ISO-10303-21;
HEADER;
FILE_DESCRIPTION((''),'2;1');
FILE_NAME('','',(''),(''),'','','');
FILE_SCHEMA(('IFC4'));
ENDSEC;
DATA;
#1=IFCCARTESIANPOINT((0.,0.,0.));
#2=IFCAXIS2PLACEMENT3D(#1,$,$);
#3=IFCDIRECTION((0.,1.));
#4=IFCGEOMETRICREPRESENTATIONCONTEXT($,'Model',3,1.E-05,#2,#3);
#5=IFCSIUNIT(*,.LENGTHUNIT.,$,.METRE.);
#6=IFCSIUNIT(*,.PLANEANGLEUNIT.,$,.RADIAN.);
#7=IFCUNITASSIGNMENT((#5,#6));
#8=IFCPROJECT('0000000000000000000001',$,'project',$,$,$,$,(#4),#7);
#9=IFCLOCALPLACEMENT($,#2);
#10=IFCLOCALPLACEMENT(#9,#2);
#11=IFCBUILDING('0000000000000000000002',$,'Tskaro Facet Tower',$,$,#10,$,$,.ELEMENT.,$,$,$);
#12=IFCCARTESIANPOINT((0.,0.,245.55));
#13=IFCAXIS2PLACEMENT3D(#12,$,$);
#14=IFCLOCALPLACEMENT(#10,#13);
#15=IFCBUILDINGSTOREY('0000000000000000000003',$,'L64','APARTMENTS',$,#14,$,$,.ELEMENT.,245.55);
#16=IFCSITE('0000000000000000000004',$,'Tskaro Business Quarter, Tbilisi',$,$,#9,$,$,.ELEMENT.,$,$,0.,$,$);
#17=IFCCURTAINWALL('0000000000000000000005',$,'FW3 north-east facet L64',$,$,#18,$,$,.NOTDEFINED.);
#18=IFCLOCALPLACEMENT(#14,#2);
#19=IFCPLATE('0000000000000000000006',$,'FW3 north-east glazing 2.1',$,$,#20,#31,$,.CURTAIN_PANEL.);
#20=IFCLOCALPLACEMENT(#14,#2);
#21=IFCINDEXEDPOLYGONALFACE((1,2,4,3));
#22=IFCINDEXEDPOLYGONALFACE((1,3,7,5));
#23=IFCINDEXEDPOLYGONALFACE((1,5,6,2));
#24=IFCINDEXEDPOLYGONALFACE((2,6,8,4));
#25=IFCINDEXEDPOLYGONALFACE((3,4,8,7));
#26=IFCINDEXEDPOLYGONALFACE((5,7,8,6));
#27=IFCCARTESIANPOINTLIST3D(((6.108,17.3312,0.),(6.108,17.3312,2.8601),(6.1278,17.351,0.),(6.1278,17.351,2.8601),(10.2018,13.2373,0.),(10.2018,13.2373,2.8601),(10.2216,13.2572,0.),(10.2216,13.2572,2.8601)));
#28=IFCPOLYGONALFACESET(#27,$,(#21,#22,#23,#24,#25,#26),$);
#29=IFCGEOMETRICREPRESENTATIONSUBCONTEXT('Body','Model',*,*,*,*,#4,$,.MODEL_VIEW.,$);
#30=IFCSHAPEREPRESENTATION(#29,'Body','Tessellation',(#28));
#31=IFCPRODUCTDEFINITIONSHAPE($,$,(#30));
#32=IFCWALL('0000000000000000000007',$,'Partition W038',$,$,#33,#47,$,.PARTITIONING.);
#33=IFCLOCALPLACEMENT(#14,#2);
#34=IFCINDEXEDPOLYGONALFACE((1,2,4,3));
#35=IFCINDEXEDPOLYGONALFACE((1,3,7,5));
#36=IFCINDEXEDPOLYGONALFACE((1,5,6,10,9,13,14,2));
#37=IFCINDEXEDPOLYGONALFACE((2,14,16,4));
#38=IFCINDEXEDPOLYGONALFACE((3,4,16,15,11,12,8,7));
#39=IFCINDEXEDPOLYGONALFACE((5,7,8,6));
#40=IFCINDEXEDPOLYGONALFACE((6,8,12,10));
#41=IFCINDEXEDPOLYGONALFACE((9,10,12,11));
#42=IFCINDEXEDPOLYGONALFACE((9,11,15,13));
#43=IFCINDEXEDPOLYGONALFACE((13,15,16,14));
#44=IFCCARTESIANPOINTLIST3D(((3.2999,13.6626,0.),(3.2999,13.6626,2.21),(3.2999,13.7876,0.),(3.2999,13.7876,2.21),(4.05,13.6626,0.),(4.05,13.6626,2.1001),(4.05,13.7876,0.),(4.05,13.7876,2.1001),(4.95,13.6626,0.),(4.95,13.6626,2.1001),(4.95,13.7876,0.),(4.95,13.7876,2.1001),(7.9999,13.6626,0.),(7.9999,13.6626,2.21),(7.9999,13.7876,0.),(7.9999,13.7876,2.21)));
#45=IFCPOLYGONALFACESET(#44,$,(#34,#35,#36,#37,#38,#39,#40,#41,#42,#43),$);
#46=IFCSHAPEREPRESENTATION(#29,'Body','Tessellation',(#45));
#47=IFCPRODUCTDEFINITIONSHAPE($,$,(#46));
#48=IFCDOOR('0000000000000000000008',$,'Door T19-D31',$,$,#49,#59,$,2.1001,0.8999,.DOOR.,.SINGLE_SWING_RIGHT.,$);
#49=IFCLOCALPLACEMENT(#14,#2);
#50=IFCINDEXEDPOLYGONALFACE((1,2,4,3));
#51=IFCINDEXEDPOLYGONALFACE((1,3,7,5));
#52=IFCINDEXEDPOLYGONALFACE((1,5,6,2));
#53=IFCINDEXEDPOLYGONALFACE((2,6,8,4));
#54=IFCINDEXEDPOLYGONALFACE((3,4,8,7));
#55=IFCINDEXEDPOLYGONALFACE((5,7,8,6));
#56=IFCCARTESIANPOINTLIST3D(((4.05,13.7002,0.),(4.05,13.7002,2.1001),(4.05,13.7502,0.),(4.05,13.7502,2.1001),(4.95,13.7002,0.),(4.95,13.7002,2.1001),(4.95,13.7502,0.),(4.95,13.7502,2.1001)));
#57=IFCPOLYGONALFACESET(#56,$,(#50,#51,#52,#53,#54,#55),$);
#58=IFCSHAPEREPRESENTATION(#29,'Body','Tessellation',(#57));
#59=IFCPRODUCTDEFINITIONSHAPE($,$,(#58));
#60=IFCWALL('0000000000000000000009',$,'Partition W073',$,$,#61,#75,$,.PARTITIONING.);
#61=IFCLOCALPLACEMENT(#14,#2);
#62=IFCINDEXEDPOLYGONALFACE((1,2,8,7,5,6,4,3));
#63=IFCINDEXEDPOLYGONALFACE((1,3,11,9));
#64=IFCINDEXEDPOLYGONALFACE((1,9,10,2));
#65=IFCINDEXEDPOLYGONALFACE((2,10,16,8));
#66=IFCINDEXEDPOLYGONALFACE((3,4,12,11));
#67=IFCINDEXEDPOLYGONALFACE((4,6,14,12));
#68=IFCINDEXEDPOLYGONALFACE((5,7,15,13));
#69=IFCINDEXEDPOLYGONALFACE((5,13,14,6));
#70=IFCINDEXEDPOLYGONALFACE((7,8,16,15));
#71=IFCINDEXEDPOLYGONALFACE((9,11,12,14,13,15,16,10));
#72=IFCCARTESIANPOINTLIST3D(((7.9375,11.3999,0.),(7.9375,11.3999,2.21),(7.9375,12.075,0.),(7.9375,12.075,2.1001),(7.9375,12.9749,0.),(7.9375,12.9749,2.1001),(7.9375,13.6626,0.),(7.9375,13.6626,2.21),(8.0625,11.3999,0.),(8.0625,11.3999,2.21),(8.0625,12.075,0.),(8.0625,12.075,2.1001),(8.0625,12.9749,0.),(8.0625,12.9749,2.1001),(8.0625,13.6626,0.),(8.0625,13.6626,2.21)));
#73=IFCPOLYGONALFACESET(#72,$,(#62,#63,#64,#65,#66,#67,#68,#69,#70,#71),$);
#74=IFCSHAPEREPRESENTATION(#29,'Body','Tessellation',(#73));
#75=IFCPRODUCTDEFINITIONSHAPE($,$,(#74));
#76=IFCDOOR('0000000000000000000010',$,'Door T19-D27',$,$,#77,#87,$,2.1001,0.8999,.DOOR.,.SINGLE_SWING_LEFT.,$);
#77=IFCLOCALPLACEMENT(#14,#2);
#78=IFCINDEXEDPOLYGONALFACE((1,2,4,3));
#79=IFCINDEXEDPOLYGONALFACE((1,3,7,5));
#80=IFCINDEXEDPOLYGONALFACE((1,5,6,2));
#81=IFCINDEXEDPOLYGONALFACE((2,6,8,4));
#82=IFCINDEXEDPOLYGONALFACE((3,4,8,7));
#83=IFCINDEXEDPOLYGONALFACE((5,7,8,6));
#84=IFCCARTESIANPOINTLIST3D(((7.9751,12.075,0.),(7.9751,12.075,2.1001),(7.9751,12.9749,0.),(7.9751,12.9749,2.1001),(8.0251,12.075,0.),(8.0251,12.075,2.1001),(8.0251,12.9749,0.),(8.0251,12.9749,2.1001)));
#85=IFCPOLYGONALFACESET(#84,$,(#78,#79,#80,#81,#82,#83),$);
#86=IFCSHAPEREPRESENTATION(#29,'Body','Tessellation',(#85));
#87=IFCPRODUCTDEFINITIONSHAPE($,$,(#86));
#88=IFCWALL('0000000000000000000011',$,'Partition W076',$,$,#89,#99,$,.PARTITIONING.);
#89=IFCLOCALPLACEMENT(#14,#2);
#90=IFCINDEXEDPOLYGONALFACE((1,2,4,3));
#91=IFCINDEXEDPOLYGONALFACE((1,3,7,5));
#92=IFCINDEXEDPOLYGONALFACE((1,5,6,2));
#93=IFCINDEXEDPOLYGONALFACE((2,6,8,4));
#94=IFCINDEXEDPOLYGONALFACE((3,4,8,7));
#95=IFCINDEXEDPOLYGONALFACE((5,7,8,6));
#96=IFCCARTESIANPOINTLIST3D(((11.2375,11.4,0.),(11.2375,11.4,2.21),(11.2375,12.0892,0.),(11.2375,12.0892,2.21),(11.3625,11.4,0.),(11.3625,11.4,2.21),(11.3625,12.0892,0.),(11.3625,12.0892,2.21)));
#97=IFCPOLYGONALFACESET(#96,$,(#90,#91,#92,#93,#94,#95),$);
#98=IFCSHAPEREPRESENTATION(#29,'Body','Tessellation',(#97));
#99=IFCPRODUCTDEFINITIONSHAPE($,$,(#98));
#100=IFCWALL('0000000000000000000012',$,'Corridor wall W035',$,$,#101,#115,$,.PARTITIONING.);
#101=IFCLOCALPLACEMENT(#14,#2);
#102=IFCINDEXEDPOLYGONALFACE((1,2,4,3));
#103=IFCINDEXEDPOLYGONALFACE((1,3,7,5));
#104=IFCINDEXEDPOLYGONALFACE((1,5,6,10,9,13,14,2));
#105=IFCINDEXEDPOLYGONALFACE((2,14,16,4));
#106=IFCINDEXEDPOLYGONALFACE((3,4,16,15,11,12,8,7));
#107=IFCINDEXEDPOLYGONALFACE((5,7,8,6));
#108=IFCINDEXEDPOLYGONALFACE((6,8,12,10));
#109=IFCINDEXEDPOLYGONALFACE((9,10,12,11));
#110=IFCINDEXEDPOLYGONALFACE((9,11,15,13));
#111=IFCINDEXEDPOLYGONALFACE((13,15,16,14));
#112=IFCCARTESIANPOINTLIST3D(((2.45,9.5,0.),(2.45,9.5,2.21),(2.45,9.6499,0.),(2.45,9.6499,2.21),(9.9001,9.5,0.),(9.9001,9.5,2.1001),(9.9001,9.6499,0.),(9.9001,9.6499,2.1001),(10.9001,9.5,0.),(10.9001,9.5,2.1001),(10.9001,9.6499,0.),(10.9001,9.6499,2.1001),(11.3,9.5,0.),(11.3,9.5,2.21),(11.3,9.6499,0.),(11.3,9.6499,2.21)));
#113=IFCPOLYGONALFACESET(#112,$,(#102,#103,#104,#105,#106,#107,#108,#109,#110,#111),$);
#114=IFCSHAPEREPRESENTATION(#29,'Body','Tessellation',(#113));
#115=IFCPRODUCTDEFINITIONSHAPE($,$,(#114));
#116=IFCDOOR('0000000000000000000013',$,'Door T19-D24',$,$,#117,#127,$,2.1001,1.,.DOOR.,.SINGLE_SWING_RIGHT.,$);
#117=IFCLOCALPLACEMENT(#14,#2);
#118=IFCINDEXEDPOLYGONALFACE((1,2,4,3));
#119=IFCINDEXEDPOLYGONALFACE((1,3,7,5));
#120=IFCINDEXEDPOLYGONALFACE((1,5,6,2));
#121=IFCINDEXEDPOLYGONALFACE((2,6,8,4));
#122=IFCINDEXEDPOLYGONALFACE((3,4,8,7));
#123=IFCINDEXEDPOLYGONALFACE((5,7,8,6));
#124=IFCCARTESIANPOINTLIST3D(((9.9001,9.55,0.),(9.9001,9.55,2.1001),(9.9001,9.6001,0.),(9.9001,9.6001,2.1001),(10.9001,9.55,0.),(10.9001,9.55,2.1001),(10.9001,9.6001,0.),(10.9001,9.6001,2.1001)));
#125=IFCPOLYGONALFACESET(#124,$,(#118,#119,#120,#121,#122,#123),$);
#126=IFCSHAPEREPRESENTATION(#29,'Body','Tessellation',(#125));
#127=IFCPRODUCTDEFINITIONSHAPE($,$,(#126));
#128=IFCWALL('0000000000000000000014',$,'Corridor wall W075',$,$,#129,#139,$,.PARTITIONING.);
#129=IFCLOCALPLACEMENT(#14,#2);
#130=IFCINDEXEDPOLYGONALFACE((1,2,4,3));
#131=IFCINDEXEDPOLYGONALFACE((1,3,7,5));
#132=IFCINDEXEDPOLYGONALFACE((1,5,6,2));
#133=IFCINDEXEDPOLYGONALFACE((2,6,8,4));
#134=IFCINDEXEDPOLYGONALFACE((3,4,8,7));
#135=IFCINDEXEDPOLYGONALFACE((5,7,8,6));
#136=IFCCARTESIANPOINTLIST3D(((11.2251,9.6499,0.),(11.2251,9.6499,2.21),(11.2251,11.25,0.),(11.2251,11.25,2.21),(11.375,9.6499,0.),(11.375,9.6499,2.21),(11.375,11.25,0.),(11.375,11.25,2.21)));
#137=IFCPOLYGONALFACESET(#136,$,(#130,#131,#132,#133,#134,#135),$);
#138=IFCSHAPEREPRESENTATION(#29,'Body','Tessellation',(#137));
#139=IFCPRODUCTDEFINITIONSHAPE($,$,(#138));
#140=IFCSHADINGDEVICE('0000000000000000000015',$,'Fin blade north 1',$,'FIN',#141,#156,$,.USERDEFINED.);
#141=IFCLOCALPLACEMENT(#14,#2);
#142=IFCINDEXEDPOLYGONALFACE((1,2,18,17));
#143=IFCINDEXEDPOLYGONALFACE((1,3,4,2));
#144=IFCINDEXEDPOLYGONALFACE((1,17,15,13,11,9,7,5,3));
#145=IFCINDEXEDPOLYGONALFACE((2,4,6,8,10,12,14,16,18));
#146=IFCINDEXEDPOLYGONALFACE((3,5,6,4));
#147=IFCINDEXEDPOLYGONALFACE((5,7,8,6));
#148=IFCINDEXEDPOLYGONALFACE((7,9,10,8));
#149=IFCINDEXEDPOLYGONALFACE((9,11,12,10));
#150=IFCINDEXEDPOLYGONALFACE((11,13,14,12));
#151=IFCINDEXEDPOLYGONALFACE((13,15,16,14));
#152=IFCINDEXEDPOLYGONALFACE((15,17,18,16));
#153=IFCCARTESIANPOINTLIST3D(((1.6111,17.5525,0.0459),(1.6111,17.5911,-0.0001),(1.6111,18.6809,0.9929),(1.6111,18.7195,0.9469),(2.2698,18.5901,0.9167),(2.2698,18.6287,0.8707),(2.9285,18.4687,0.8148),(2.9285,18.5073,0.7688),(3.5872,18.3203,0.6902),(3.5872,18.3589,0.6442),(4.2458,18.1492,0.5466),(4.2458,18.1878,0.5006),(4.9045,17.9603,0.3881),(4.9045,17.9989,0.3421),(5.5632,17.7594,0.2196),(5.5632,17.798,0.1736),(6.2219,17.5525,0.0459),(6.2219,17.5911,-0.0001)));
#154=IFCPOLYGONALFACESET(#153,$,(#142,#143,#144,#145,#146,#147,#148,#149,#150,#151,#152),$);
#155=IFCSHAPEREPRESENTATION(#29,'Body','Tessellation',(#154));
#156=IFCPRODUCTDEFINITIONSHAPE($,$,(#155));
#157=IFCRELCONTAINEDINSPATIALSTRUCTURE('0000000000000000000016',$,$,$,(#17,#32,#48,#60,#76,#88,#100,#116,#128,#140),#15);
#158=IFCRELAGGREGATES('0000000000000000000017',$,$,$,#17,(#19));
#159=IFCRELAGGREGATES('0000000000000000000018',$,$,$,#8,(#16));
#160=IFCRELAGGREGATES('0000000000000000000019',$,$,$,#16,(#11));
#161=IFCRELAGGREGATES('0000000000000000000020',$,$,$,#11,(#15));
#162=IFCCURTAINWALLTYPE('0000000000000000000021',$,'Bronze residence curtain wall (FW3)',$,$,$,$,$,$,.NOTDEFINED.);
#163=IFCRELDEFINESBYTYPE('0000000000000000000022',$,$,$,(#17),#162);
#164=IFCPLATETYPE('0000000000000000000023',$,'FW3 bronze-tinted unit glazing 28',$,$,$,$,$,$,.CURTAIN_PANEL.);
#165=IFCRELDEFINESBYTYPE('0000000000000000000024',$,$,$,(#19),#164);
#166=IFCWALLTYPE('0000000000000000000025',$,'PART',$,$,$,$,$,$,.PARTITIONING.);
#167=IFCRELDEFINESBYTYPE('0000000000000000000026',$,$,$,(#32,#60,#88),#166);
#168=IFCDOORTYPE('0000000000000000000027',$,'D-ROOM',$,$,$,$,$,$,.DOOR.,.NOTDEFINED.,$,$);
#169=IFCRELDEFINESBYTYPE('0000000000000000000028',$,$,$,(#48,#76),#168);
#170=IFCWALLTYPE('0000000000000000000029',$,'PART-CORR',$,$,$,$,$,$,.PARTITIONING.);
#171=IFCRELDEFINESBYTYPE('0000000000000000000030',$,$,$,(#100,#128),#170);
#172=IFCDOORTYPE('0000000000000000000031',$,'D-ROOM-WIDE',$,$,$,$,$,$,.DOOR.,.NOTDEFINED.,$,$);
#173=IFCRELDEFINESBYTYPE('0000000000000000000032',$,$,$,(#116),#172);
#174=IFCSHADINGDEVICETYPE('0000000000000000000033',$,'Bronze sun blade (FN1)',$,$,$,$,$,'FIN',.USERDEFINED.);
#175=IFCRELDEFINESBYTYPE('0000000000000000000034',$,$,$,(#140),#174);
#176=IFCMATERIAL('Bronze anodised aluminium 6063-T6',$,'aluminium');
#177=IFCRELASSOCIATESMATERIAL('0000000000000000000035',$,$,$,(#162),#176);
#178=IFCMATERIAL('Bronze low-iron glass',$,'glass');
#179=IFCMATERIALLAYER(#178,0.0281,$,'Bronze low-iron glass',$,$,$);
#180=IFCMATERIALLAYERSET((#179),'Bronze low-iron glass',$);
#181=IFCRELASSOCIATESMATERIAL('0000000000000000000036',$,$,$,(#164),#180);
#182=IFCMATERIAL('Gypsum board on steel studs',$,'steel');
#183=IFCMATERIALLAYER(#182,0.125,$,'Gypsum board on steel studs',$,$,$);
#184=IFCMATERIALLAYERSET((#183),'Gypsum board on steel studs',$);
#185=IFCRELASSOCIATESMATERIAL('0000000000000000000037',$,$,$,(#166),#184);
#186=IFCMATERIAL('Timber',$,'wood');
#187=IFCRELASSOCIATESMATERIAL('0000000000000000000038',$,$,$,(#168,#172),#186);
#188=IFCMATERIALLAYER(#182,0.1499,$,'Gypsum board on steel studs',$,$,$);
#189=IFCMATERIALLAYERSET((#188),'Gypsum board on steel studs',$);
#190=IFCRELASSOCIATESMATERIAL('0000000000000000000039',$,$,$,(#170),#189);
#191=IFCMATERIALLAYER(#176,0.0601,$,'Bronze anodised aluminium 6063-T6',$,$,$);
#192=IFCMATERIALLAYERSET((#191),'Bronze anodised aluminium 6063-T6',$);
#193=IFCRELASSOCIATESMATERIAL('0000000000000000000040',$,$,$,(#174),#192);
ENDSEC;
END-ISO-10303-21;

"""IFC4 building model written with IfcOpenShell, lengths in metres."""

from ifc_helpers import new_model, si_unit, direction, frame, frame_2d, origin, origin_2d, place, context, subcontext, project, spatial, polyline, rectangle, outline, extrude, material, layer, layer_set, type_object, element, fill, aggregate, save


model = new_model("IFC4")

# Units and contexts
model_context = context("Model", 3, precision=1e-05, world=origin(), true_north=direction((0.0, 1.0)))
body_context = subcontext(model_context, "Body", "Model", "MODEL_VIEW")
ifc_project = project(units=[si_unit("LENGTHUNIT", "METRE"), si_unit("PLANEANGLEUNIT", "RADIAN")], contexts=[model_context])

# Site, building, storey
site_placement = place(None, origin())
site = spatial("IfcSite", under=ifc_project, at=site_placement, Name="Tskaro Business Quarter, Tbilisi", CompositionType="ELEMENT", RefElevation=0.0)
building_placement = place(site_placement, origin())
building = spatial("IfcBuilding", under=site, at=building_placement, Name="Tskaro Facet Tower", CompositionType="ELEMENT")
storey_placement = place(building_placement, frame((0.0, 0.0, 245.55)))
storey = spatial("IfcBuildingStorey", under=building, at=storey_placement, Name="L64", Description="APARTMENTS", CompositionType="ELEMENT", Elevation=245.55)

# Shared definitions
ifc_material_1 = material(Name="Bronze anodised aluminium 6063-T6", Category="aluminium")
curtain_wall_type = type_object("IfcCurtainWallType", Name="Bronze residence curtain wall (FW3)", PredefinedType="NOTDEFINED", material=ifc_material_1)

# Curtain wall
curtain_wall_1_placement = place(storey_placement, origin())
curtain_wall_1 = element("IfcCurtainWall", 1, at=curtain_wall_1_placement, inside=storey, type_object=curtain_wall_type, Name="FW3 north-east facet L64", PredefinedType="NOTDEFINED")

# Plate
ifc_material_2 = material(Name="Bronze low-iron glass", Category="glass")
ifc_layer_1 = layer(ifc_material_2, 0.0281, Name="Bronze low-iron glass")
ifc_layer_set_1 = layer_set([ifc_layer_1], Name="Bronze low-iron glass")
plate_type = type_object("IfcPlateType", Name="FW3 bronze-tinted unit glazing 28", PredefinedType="CURTAIN_PANEL", material=ifc_layer_set_1)
plate_1_placement = place(storey_placement, frame((8.1648, 15.2942, 0.0), z_axis=(0.0, 0.0, 1.0), x_axis=(-0.707107, 0.707107, 0.0)))
plate_1 = element("IfcPlate", 2, at=plate_1_placement, type_object=plate_type, Name="FW3 north-east glazing 2.1", PredefinedType="CURTAIN_PANEL", context=body_context, shape_type="SweptSolid", body=[
    extrude(rectangle(XDim=5.7896, YDim=0.0281, at=origin_2d()), origin(), (0.0, 0.0, 1.0), 2.8601),
])
aggregate(curtain_wall_1, [plate_1])

# Walls, openings, doors
ifc_material_3 = material(Name="Gypsum board on steel studs", Category="steel")
ifc_layer_2 = layer(ifc_material_3, 0.125, Name="Gypsum board on steel studs")
ifc_layer_set_2 = layer_set([ifc_layer_2], Name="Gypsum board on steel studs")
wall_type_1 = type_object("IfcWallType", Name="PART", PredefinedType="PARTITIONING", material=ifc_layer_set_2)
wall_1_placement = place(storey_placement, frame((8.0, 13.7251, 0.0), z_axis=(0.0, 0.0, 1.0), x_axis=(-1.0, 0.0, 0.0)))
wall_1 = element("IfcWall", 3, at=wall_1_placement, inside=storey, type_object=wall_type_1, Name="Partition W038", PredefinedType="PARTITIONING", context=body_context, shape_type="SweptSolid", body=[
    extrude(rectangle(XDim=4.7, YDim=0.125, at=frame_2d((2.3501, 0.0))), origin(), (0.0, 0.0, 1.0), 2.21),
])
opening_1_placement = place(wall_1_placement, frame((3.05, 0.0, 0.0)))
opening_1 = element("IfcOpeningElement", 4, at=opening_1_placement, cuts=wall_1, PredefinedType="OPENING", context=body_context, shape_type="SweptSolid", body=[
    extrude(rectangle(XDim=0.8999, YDim=2.1001, at=frame_2d((0.45, 1.05))), frame((0.0, 0.0725, 0.0), z_axis=(0.0, -1.0, 0.0), x_axis=(1.0, 0.0, 0.0)), (0.0, 0.0, 1.0), 0.145),
])
ifc_material_4 = material(Name="Timber", Category="wood")
door_type_1 = type_object("IfcDoorType", Name="D-ROOM", OperationType="NOTDEFINED", PredefinedType="DOOR", material=ifc_material_4)
door_1_placement = place(opening_1_placement, origin())
door_1 = element("IfcDoor", 5, at=door_1_placement, inside=storey, type_object=door_type_1, Name="Door T19-D31", OperationType="SINGLE_SWING_RIGHT", OverallHeight=2.1001, OverallWidth=0.8999, PredefinedType="DOOR", context=body_context, shape_type="SweptSolid", body=[
    extrude(rectangle(XDim=0.8999, YDim=2.1001, at=frame_2d((0.45, 1.05))), frame((0.0, 0.0249, 0.0), z_axis=(0.0, -1.0, 0.0), x_axis=(1.0, 0.0, 0.0)), (0.0, 0.0, 1.0), 0.05),
])
fill(opening_1, door_1)
wall_2_placement = place(storey_placement, frame((8.0, 11.3999, 0.0), z_axis=(0.0, 0.0, 1.0), x_axis=(0.0, 1.0, 0.0)))
wall_2 = element("IfcWall", 6, at=wall_2_placement, inside=storey, type_object=wall_type_1, Name="Partition W073", PredefinedType="PARTITIONING", context=body_context, shape_type="SweptSolid", body=[
    extrude(rectangle(XDim=2.2627, YDim=0.125, at=frame_2d((1.1313, 0.0))), origin(), (0.0, 0.0, 1.0), 2.21),
])
opening_2_placement = place(wall_2_placement, frame((0.675, 0.0, 0.0)))
opening_2 = element("IfcOpeningElement", 7, at=opening_2_placement, cuts=wall_2, PredefinedType="OPENING", context=body_context, shape_type="SweptSolid", body=[
    extrude(rectangle(XDim=0.8999, YDim=2.1001, at=frame_2d((0.45, 1.05))), frame((0.0, 0.0725, 0.0), z_axis=(0.0, -1.0, 0.0), x_axis=(1.0, 0.0, 0.0)), (0.0, 0.0, 1.0), 0.145),
])
door_2_placement = place(opening_2_placement, origin())
door_2 = element("IfcDoor", 8, at=door_2_placement, inside=storey, type_object=door_type_1, Name="Door T19-D27", OperationType="SINGLE_SWING_LEFT", OverallHeight=2.1001, OverallWidth=0.8999, PredefinedType="DOOR", context=body_context, shape_type="SweptSolid", body=[
    extrude(rectangle(XDim=0.8999, YDim=2.1001, at=frame_2d((0.45, 1.05))), frame((0.0, 0.0249, 0.0), z_axis=(0.0, -1.0, 0.0), x_axis=(1.0, 0.0, 0.0)), (0.0, 0.0, 1.0), 0.05),
])
fill(opening_2, door_2)

# Wall
wall_3_placement = place(storey_placement, frame((11.3, 11.3999, 0.0), z_axis=(0.0, 0.0, 1.0), x_axis=(0.0, 1.0, 0.0)))
element("IfcWall", 9, at=wall_3_placement, inside=storey, type_object=wall_type_1, Name="Partition W076", PredefinedType="PARTITIONING", context=body_context, shape_type="SweptSolid", body=[
    extrude(rectangle(XDim=0.6892, YDim=0.125, at=frame_2d((0.3447, 0.0))), origin(), (0.0, 0.0, 1.0), 2.21),
])

# Wall, opening, door
ifc_layer_3 = layer(ifc_material_3, 0.1499, Name="Gypsum board on steel studs")
ifc_layer_set_3 = layer_set([ifc_layer_3], Name="Gypsum board on steel studs")
wall_type_2 = type_object("IfcWallType", Name="PART-CORR", PredefinedType="PARTITIONING", material=ifc_layer_set_3)
wall_4_placement = place(storey_placement, frame((11.3, 9.575, 0.0), z_axis=(0.0, 0.0, 1.0), x_axis=(-1.0, 0.0, 0.0)))
wall_4 = element("IfcWall", 10, at=wall_4_placement, inside=storey, type_object=wall_type_2, Name="Corridor wall W035", PredefinedType="PARTITIONING", context=body_context, shape_type="SweptSolid", body=[
    extrude(rectangle(XDim=8.8501, YDim=0.1499, at=frame_2d((4.425, 0.0))), origin(), (0.0, 0.0, 1.0), 2.21),
])
opening_3_placement = place(wall_4_placement, frame((0.3999, 0.0, 0.0)))
opening_3 = element("IfcOpeningElement", 11, at=opening_3_placement, cuts=wall_4, PredefinedType="OPENING", context=body_context, shape_type="SweptSolid", body=[
    extrude(rectangle(XDim=1.0, YDim=2.1001, at=frame_2d((0.5, 1.05))), frame((0.0, 0.085, 0.0), z_axis=(0.0, -1.0, 0.0), x_axis=(1.0, 0.0, 0.0)), (0.0, 0.0, 1.0), 0.1699),
])
door_type_2 = type_object("IfcDoorType", Name="D-ROOM-WIDE", OperationType="NOTDEFINED", PredefinedType="DOOR", material=ifc_material_4)
door_3_placement = place(opening_3_placement, origin())
door_3 = element("IfcDoor", 12, at=door_3_placement, inside=storey, type_object=door_type_2, Name="Door T19-D24", OperationType="SINGLE_SWING_RIGHT", OverallHeight=2.1001, OverallWidth=1.0, PredefinedType="DOOR", context=body_context, shape_type="SweptSolid", body=[
    extrude(rectangle(XDim=1.0, YDim=2.1001, at=frame_2d((0.5, 1.05))), frame((0.0, 0.0249, 0.0), z_axis=(0.0, -1.0, 0.0), x_axis=(1.0, 0.0, 0.0)), (0.0, 0.0, 1.0), 0.05),
])
fill(opening_3, door_3)

# Wall
wall_5_placement = place(storey_placement, frame((11.3, 9.6499, 0.0), z_axis=(0.0, 0.0, 1.0), x_axis=(0.0, 1.0, 0.0)))
element("IfcWall", 13, at=wall_5_placement, inside=storey, type_object=wall_type_2, Name="Corridor wall W075", PredefinedType="PARTITIONING", context=body_context, shape_type="SweptSolid", body=[
    extrude(rectangle(XDim=1.6001, YDim=0.1499, at=frame_2d((0.8, 0.0))), origin(), (0.0, 0.0, 1.0), 2.21),
])

# Shading device
ifc_layer_4 = layer(ifc_material_1, 0.0601, Name="Bronze anodised aluminium 6063-T6")
ifc_layer_set_4 = layer_set([ifc_layer_4], Name="Bronze anodised aluminium 6063-T6")
shading_device_type = type_object("IfcShadingDeviceType", Name="Bronze sun blade (FN1)", ElementType="FIN", PredefinedType="USERDEFINED", material=ifc_layer_set_4)
shading_device_placement = place(storey_placement, frame((6.2219, 17.5525, 0.0459), z_axis=(0.000013, -0.642823, 0.766015), x_axis=(-1.0, -0.000009, 0.00001)))
element("IfcShadingDevice", 14, at=shading_device_placement, inside=storey, type_object=shading_device_type, Name="Fin blade north 1", ObjectType="FIN", PredefinedType="USERDEFINED", context=body_context, shape_type="SweptSolid", body=[
    extrude(outline(polyline([(0.0, 0.0), (4.6108, 0.0), (4.6108, -1.4732), (3.9521, -1.3546), (3.2935, -1.1961), (2.6348, -1.0023), (1.9761, -0.7789), (1.3174, -0.5323), (0.6587, -0.2702), (0.0, 0.0)])), origin(), (0.0, 0.0, -1.0), 0.0601),
])

save(model, "model.ifc")
